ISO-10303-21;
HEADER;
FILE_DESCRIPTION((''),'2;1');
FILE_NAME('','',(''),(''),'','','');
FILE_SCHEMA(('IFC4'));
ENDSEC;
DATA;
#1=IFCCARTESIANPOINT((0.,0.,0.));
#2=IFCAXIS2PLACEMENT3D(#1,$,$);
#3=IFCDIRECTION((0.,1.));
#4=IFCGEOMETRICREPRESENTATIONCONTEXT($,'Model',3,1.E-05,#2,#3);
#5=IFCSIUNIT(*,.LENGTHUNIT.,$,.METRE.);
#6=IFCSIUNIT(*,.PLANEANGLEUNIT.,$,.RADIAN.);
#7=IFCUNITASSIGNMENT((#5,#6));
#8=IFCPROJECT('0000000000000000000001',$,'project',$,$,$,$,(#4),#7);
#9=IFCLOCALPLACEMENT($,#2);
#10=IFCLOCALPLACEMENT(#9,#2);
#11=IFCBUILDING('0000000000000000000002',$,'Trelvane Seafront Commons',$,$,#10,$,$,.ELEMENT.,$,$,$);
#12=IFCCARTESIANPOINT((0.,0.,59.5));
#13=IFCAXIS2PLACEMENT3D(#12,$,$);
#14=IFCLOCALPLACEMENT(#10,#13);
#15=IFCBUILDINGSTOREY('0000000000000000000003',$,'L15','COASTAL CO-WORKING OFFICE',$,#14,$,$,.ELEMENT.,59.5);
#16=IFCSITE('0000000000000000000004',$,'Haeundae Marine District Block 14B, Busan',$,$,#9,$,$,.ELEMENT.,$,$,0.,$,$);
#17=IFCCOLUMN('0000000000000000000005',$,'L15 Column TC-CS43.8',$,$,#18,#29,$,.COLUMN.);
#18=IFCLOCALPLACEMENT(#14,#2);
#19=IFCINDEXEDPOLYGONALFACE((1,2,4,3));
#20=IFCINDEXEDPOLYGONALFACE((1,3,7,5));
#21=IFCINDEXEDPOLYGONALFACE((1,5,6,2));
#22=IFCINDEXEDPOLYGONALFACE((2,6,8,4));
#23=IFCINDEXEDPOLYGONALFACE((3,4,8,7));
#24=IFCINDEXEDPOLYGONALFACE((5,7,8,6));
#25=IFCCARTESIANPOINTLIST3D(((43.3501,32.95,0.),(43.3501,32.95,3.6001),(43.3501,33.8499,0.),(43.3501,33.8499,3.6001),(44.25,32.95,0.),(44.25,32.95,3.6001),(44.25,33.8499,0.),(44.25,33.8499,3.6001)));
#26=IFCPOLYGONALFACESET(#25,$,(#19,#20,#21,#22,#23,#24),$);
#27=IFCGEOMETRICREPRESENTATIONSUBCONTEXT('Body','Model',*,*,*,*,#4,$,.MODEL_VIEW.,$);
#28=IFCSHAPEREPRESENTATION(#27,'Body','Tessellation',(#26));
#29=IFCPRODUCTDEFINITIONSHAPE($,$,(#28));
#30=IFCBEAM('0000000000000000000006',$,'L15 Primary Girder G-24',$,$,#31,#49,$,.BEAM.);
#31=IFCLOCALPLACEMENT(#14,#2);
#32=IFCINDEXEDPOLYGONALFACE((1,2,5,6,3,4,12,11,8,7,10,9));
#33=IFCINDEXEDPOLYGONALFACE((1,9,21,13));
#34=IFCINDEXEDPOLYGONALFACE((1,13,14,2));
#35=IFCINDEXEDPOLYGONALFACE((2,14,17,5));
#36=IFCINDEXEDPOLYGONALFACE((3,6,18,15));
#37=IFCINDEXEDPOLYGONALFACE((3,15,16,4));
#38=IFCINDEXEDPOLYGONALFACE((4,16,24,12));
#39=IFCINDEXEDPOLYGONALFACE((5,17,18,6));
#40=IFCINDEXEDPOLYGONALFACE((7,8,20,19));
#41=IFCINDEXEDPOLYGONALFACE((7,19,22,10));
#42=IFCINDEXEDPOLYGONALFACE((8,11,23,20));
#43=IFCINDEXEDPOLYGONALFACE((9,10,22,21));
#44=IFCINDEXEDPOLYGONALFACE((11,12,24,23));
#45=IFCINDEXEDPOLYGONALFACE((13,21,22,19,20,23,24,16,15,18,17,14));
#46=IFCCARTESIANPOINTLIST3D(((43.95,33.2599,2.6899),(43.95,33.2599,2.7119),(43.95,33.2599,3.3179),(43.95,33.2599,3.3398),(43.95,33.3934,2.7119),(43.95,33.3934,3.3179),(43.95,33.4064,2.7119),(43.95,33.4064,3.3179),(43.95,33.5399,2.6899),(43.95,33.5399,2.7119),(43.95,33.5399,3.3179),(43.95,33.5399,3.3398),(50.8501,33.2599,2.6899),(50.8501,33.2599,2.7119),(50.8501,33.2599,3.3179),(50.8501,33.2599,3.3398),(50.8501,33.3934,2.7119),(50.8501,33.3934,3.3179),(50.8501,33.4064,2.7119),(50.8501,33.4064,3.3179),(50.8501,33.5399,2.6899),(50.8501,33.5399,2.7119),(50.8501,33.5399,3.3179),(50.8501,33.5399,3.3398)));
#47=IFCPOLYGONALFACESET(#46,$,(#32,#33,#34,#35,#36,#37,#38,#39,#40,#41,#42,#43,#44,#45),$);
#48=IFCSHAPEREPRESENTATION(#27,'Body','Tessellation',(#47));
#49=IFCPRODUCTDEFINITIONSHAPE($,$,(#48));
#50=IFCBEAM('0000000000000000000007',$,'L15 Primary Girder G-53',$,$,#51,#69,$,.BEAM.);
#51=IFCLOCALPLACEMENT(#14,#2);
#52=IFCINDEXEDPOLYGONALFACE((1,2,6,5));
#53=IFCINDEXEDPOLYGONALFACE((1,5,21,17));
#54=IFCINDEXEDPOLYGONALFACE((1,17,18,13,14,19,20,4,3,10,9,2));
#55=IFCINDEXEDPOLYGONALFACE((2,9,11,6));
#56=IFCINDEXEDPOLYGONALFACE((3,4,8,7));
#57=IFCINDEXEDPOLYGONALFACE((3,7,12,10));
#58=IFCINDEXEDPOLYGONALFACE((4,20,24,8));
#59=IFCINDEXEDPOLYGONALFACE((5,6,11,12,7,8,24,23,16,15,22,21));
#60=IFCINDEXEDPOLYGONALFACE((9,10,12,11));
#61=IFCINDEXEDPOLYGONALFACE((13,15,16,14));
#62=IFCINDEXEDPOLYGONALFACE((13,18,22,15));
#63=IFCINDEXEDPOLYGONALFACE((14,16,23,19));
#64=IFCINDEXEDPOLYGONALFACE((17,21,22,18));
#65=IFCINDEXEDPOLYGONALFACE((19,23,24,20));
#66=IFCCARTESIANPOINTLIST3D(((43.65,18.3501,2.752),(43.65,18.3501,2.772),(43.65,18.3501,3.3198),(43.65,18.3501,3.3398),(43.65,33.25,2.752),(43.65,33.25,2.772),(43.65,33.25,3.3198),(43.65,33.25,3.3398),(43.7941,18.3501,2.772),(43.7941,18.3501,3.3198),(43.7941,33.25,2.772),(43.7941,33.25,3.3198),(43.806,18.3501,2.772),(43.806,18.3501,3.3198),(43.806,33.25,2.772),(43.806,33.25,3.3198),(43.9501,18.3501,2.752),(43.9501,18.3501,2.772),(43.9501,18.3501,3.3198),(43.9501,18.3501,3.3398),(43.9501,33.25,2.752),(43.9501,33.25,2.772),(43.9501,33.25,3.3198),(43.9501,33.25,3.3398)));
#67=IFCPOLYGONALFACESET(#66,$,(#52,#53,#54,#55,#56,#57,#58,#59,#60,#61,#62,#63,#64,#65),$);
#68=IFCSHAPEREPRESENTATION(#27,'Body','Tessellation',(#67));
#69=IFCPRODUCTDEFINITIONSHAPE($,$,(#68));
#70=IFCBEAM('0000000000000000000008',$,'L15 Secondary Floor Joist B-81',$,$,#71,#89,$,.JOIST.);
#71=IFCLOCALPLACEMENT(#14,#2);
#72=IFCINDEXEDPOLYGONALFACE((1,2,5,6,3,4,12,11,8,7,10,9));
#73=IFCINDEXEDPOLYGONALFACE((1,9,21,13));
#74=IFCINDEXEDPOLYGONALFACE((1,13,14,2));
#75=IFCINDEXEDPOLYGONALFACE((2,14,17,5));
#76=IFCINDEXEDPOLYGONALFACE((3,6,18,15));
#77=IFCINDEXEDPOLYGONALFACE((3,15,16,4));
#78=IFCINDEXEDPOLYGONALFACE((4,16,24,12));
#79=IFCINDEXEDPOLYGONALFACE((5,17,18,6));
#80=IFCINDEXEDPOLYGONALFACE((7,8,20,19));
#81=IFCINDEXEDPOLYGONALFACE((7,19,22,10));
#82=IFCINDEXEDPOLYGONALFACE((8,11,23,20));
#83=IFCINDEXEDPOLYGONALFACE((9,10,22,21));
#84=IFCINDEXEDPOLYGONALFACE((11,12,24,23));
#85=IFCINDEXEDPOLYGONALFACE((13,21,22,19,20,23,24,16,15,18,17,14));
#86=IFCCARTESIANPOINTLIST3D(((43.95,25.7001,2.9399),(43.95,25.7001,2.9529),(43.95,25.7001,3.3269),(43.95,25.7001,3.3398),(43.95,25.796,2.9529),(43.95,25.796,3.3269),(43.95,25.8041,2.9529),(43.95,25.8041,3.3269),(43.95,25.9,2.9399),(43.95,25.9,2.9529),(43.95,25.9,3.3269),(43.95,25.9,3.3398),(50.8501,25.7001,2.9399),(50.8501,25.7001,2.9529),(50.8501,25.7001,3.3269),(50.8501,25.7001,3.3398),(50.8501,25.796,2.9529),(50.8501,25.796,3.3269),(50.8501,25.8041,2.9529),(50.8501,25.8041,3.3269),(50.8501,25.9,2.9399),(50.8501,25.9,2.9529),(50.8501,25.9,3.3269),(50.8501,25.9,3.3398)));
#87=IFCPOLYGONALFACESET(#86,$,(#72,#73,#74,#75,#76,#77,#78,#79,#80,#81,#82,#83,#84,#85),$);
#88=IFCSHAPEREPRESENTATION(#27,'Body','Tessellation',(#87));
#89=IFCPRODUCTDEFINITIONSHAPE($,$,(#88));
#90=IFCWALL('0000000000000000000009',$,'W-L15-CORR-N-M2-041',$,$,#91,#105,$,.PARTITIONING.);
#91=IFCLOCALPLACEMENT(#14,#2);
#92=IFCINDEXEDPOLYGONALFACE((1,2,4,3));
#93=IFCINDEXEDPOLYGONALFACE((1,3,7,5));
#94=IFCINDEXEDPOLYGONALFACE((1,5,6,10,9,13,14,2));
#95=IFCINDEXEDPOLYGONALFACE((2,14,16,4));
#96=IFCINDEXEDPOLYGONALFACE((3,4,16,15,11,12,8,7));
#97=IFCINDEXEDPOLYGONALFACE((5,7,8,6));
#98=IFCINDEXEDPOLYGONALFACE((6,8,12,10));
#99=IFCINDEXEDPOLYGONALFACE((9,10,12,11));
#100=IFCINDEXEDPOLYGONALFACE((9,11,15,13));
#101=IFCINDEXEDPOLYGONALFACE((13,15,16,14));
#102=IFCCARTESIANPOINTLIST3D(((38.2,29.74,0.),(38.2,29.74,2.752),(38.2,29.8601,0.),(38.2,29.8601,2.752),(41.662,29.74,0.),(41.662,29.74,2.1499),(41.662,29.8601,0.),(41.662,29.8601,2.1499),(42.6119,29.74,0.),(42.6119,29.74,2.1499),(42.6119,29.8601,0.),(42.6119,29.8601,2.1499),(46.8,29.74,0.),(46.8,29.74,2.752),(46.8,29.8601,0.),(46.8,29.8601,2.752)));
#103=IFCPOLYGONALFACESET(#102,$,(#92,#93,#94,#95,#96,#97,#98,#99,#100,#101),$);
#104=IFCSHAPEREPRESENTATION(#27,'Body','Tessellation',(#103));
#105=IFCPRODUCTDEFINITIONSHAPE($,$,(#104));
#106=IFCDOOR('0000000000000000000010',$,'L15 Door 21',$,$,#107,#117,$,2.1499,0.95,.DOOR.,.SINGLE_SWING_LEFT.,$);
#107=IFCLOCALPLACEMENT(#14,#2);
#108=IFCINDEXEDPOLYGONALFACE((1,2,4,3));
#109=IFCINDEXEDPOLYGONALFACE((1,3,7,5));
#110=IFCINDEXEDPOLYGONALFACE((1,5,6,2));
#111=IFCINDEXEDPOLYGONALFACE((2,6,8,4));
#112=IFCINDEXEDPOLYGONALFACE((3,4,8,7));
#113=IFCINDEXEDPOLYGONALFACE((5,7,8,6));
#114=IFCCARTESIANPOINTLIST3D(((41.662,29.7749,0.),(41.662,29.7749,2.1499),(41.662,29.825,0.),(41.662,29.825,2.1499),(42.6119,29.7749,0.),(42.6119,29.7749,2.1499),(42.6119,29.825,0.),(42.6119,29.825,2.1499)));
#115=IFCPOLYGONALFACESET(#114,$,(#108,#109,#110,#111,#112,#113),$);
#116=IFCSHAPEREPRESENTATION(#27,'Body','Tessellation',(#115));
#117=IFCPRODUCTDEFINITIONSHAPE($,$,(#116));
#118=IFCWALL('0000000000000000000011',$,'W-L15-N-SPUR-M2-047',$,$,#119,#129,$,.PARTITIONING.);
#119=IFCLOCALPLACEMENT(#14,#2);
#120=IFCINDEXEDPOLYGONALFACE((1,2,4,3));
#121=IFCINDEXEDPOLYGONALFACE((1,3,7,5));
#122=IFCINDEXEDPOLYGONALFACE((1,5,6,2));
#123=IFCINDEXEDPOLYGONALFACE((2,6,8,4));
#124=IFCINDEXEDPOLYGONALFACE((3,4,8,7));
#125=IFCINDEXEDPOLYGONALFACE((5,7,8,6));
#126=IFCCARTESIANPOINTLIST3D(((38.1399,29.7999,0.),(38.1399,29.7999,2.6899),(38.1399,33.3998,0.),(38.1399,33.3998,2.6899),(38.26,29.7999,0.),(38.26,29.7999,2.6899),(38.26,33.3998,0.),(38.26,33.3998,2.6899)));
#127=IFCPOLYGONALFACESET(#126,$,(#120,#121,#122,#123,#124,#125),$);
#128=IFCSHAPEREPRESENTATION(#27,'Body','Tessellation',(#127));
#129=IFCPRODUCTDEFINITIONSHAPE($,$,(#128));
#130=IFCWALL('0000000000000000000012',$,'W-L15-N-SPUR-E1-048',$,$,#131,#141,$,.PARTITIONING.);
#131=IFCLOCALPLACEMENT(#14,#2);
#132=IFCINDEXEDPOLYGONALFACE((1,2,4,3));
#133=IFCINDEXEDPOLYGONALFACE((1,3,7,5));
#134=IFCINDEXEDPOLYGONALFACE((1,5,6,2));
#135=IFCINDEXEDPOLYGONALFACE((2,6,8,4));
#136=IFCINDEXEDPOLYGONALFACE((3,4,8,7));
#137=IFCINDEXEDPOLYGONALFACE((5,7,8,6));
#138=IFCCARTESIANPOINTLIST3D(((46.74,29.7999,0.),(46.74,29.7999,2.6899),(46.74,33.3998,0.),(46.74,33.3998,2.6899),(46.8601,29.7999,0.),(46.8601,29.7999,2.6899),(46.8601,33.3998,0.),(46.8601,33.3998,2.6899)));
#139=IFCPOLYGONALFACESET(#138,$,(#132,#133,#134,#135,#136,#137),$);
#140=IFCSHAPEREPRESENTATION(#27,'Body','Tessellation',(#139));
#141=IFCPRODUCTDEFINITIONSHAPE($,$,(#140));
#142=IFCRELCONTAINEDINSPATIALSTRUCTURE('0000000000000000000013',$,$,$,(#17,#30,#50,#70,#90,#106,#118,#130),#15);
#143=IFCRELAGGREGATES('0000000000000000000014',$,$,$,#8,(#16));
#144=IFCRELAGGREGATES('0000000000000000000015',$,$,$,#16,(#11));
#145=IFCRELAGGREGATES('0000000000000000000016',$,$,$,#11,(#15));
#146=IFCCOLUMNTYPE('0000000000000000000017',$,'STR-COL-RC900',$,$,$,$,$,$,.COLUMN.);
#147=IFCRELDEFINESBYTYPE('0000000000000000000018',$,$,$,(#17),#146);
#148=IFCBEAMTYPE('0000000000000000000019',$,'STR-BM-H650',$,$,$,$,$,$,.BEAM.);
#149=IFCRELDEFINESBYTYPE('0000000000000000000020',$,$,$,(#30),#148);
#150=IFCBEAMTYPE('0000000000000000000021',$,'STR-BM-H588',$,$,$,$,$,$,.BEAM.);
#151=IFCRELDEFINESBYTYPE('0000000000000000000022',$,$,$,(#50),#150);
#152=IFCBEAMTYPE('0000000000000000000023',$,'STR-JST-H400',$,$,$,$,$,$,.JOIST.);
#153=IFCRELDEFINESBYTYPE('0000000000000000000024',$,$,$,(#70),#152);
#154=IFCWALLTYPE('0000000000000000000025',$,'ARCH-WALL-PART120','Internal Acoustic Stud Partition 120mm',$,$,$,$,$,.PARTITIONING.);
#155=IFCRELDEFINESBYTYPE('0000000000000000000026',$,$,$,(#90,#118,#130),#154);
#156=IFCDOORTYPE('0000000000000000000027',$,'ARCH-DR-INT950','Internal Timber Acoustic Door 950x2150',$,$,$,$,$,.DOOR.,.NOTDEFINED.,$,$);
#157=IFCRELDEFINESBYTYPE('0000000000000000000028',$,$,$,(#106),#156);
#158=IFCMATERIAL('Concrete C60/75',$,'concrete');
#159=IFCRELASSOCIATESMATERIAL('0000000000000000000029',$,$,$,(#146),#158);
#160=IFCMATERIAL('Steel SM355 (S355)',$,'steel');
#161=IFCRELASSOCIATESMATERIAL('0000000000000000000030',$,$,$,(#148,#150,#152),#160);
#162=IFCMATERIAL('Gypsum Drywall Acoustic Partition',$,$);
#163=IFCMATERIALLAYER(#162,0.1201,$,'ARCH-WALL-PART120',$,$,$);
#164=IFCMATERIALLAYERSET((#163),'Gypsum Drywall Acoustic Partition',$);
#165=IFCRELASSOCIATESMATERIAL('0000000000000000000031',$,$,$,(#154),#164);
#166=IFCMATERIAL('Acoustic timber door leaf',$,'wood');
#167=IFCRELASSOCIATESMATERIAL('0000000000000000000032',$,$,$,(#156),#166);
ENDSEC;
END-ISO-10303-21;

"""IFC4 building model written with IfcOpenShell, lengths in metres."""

from ifc_helpers import new_model, si_unit, direction, frame, frame_2d, origin, origin_2d, place, context, subcontext, project, spatial, rectangle, i_section, extrude, source, transform, mapped, material, layer, layer_set, material_profile, profile_set, type_object, element, fill, save


model = new_model("IFC4")

# Units and contexts
model_context = context("Model", 3, precision=1e-05, world=origin(), true_north=direction((0.0, 1.0)))
body_context = subcontext(model_context, "Body", "Model", "MODEL_VIEW")
ifc_project = project(units=[si_unit("LENGTHUNIT", "METRE"), si_unit("PLANEANGLEUNIT", "RADIAN")], contexts=[model_context])

# Site, building, storey
site_placement = place(None, origin())
site = spatial("IfcSite", under=ifc_project, at=site_placement, Name="Haeundae Marine District Block 14B, Busan", CompositionType="ELEMENT", RefElevation=0.0)
building_placement = place(site_placement, origin())
building = spatial("IfcBuilding", under=site, at=building_placement, Name="Trelvane Seafront Commons", CompositionType="ELEMENT")
storey_placement = place(building_placement, frame((0.0, 0.0, 59.5)))
storey = spatial("IfcBuildingStorey", under=building, at=storey_placement, Name="L15", Description="COASTAL CO-WORKING OFFICE", CompositionType="ELEMENT", Elevation=59.5)

# Column
ifc_material_1 = material(Name="Concrete C60/75", Category="concrete")
ifc_material_profile_1 = material_profile(ifc_material_1, rectangle(XDim=0.8999, YDim=0.8999, at=origin_2d()), Name="RC-900x900")
ifc_profile_set_1 = profile_set([ifc_material_profile_1], Name="Concrete C60/75")
column_type = type_object("IfcColumnType", Name="STR-COL-RC900", PredefinedType="COLUMN", material=ifc_profile_set_1)
shared_shape_1 = source(origin(), body_context, "Body", "SweptSolid", [
    extrude(rectangle(XDim=0.8999, YDim=0.8999, at=origin_2d()), origin(), (0.0, 0.0, 1.0), 3.6001),
])
column_placement = place(storey_placement, frame((43.8, 33.3999, 0.0), z_axis=(0.0, 0.0, 1.0), x_axis=(1.0, 0.0, 0.0)))
element("IfcColumn", 1, at=column_placement, inside=storey, type_object=column_type, Name="L15 Column TC-CS43.8", PredefinedType="COLUMN", context=body_context, shape_type="MappedRepresentation", body=[
    mapped(shared_shape_1, transform((0.0, 0.0, 0.0), x_axis=(1.0, 0.0, 0.0), y_axis=(0.0, 1.0, 0.0), z_axis=(0.0, 0.0, 1.0), scale=1.0)),
])

# Beams
ifc_material_2 = material(Name="Steel SM355 (S355)", Category="steel")
ifc_material_profile_2 = material_profile(ifc_material_2, i_section(OverallWidth=0.28, OverallDepth=0.6499, WebThickness=0.0129, FlangeThickness=0.022, at=origin_2d()), Name="H-650x280x13x22")
ifc_profile_set_2 = profile_set([ifc_material_profile_2], Name="Steel SM355 (S355)")
beam_type_1 = type_object("IfcBeamType", Name="STR-BM-H650", PredefinedType="BEAM", material=ifc_profile_set_2)
shared_shape_2 = source(origin(), body_context, "Body", "SweptSolid", [
    extrude(i_section(OverallWidth=0.28, OverallDepth=0.6499, WebThickness=0.0129, FlangeThickness=0.022, at=origin_2d()), origin(), (0.0, 0.0, 1.0), 6.9001),
])
beam_1_placement = place(storey_placement, frame((43.95, 33.3999, 3.0149), z_axis=(1.0, 0.0, 0.0), x_axis=(0.0, 1.0, 0.0)))
element("IfcBeam", 2, at=beam_1_placement, inside=storey, type_object=beam_type_1, Name="L15 Primary Girder G-24", PredefinedType="BEAM", context=body_context, shape_type="MappedRepresentation", body=[
    mapped(shared_shape_2, transform((0.0, 0.0, 0.0), x_axis=(1.0, 0.0, 0.0), y_axis=(0.0, 1.0, 0.0), z_axis=(0.0, 0.0, 1.0), scale=1.0)),
])
ifc_material_profile_3 = material_profile(ifc_material_2, i_section(OverallWidth=0.3, OverallDepth=0.5879, WebThickness=0.012, FlangeThickness=0.02, at=origin_2d()), Name="H-588x300x12x20")
ifc_profile_set_3 = profile_set([ifc_material_profile_3], Name="Steel SM355 (S355)")
beam_type_2 = type_object("IfcBeamType", Name="STR-BM-H588", PredefinedType="BEAM", material=ifc_profile_set_3)
shared_shape_3 = source(origin(), body_context, "Body", "SweptSolid", [
    extrude(i_section(OverallWidth=0.3, OverallDepth=0.5879, WebThickness=0.012, FlangeThickness=0.02, at=origin_2d()), origin(), (0.0, 0.0, 1.0), 14.8999),
])
beam_2_placement = place(storey_placement, frame((43.8, 18.3501, 3.0459), z_axis=(0.0, 1.0, 0.0), x_axis=(-1.0, 0.0, 0.0)))
element("IfcBeam", 3, at=beam_2_placement, inside=storey, type_object=beam_type_2, Name="L15 Primary Girder G-53", PredefinedType="BEAM", context=body_context, shape_type="MappedRepresentation", body=[
    mapped(shared_shape_3, transform((0.0, 0.0, 0.0), x_axis=(1.0, 0.0, 0.0), y_axis=(0.0, 1.0, 0.0), z_axis=(0.0, 0.0, 1.0), scale=1.0)),
])
ifc_material_profile_4 = material_profile(ifc_material_2, i_section(OverallWidth=0.2, OverallDepth=0.3999, WebThickness=0.0081, FlangeThickness=0.0129, at=origin_2d()), Name="H-400x200x8x13")
ifc_profile_set_4 = profile_set([ifc_material_profile_4], Name="Steel SM355 (S355)")
beam_type_3 = type_object("IfcBeamType", Name="STR-JST-H400", PredefinedType="JOIST", material=ifc_profile_set_4)
shared_shape_4 = source(origin(), body_context, "Body", "SweptSolid", [
    extrude(i_section(OverallWidth=0.2, OverallDepth=0.3999, WebThickness=0.0081, FlangeThickness=0.0129, at=origin_2d()), origin(), (0.0, 0.0, 1.0), 6.9001),
])
beam_3_placement = place(storey_placement, frame((43.95, 25.8, 3.1399), z_axis=(1.0, 0.0, 0.0), x_axis=(0.0, 1.0, 0.0)))
element("IfcBeam", 4, at=beam_3_placement, inside=storey, type_object=beam_type_3, Name="L15 Secondary Floor Joist B-81", PredefinedType="JOIST", context=body_context, shape_type="MappedRepresentation", body=[
    mapped(shared_shape_4, transform((0.0, 0.0, 0.0), x_axis=(1.0, 0.0, 0.0), y_axis=(0.0, 1.0, 0.0), z_axis=(0.0, 0.0, 1.0), scale=1.0)),
])

# Wall, opening, door
ifc_material_3 = material(Name="Gypsum Drywall Acoustic Partition")
ifc_layer_1 = layer(ifc_material_3, 0.1201, Name="ARCH-WALL-PART120")
ifc_layer_set_1 = layer_set([ifc_layer_1], Name="Gypsum Drywall Acoustic Partition")
wall_type_1 = type_object("IfcWallType", Name="ARCH-WALL-PART120", Description="Internal Acoustic Stud Partition 120mm", PredefinedType="PARTITIONING", material=ifc_layer_set_1)
wall_1_placement = place(storey_placement, frame((38.2, 29.8, 0.0), z_axis=(0.0, 0.0, 1.0), x_axis=(1.0, 0.0, 0.0)))
wall_1 = element("IfcWall", 5, at=wall_1_placement, inside=storey, type_object=wall_type_1, Name="W-L15-CORR-N-M2-041", PredefinedType="PARTITIONING", context=body_context, shape_type="SweptSolid", body=[
    extrude(rectangle(XDim=8.6001, YDim=0.1201, at=frame_2d((4.3, 0.0))), origin(), (0.0, 0.0, 1.0), 2.752),
])
opening_1_placement = place(wall_1_placement, frame((3.4619, 0.0, 0.0)))
opening_1 = element("IfcOpeningElement", 6, at=opening_1_placement, cuts=wall_1, PredefinedType="OPENING", context=body_context, shape_type="SweptSolid", body=[
    extrude(rectangle(XDim=0.95, YDim=2.1499, at=frame_2d((0.4751, 1.075))), frame((0.0, 0.0701, 0.0), z_axis=(0.0, -1.0, 0.0), x_axis=(1.0, 0.0, 0.0)), (0.0, 0.0, 1.0), 0.1401),
])
ifc_material_4 = material(Name="Acoustic timber door leaf", Category="wood")
door_type_1 = type_object("IfcDoorType", Name="ARCH-DR-INT950", Description="Internal Timber Acoustic Door 950x2150", OperationType="NOTDEFINED", PredefinedType="DOOR", material=ifc_material_4)
shared_shape_5 = source(origin(), body_context, "Body", "SweptSolid", [
    extrude(rectangle(XDim=0.95, YDim=2.1499, at=frame_2d((0.4751, 1.075))), frame((0.0, 0.0249, 0.0), z_axis=(0.0, -1.0, 0.0), x_axis=(1.0, 0.0, 0.0)), (0.0, 0.0, 1.0), 0.05),
])
door_1_placement = place(opening_1_placement, origin())
door_1 = element("IfcDoor", 7, at=door_1_placement, inside=storey, type_object=door_type_1, Name="L15 Door 21", OperationType="SINGLE_SWING_LEFT", OverallHeight=2.1499, OverallWidth=0.95, PredefinedType="DOOR", context=body_context, shape_type="MappedRepresentation", body=[
    mapped(shared_shape_5, transform((0.0, 0.0, 0.0), x_axis=(1.0, 0.0, 0.0), y_axis=(0.0, 1.0, 0.0), z_axis=(0.0, 0.0, 1.0), scale=1.0)),
])
fill(opening_1, door_1)

# Walls
for number, where, z_axis, x_axis, name in (
    (8, (38.2, 29.8, 0.0), (0.0, 0.0, 1.0), (0.0, 1.0, 0.0), "W-L15-N-SPUR-M2-047"),
    (9, (46.8, 29.8, 0.0), (0.0, 0.0, 1.0), (0.0, 1.0, 0.0), "W-L15-N-SPUR-E1-048"),
):
    element("IfcWall", number, at=place(storey_placement, frame(where, z_axis=z_axis, x_axis=x_axis)), inside=storey, type_object=wall_type_1, Name=name, PredefinedType="PARTITIONING", context=body_context, shape_type="SweptSolid", body=[
        extrude(rectangle(XDim=3.5999, YDim=0.1201, at=frame_2d((1.7998, 0.0))), origin(), (0.0, 0.0, 1.0), 2.6899),
    ])

save(model, "model.ifc")
